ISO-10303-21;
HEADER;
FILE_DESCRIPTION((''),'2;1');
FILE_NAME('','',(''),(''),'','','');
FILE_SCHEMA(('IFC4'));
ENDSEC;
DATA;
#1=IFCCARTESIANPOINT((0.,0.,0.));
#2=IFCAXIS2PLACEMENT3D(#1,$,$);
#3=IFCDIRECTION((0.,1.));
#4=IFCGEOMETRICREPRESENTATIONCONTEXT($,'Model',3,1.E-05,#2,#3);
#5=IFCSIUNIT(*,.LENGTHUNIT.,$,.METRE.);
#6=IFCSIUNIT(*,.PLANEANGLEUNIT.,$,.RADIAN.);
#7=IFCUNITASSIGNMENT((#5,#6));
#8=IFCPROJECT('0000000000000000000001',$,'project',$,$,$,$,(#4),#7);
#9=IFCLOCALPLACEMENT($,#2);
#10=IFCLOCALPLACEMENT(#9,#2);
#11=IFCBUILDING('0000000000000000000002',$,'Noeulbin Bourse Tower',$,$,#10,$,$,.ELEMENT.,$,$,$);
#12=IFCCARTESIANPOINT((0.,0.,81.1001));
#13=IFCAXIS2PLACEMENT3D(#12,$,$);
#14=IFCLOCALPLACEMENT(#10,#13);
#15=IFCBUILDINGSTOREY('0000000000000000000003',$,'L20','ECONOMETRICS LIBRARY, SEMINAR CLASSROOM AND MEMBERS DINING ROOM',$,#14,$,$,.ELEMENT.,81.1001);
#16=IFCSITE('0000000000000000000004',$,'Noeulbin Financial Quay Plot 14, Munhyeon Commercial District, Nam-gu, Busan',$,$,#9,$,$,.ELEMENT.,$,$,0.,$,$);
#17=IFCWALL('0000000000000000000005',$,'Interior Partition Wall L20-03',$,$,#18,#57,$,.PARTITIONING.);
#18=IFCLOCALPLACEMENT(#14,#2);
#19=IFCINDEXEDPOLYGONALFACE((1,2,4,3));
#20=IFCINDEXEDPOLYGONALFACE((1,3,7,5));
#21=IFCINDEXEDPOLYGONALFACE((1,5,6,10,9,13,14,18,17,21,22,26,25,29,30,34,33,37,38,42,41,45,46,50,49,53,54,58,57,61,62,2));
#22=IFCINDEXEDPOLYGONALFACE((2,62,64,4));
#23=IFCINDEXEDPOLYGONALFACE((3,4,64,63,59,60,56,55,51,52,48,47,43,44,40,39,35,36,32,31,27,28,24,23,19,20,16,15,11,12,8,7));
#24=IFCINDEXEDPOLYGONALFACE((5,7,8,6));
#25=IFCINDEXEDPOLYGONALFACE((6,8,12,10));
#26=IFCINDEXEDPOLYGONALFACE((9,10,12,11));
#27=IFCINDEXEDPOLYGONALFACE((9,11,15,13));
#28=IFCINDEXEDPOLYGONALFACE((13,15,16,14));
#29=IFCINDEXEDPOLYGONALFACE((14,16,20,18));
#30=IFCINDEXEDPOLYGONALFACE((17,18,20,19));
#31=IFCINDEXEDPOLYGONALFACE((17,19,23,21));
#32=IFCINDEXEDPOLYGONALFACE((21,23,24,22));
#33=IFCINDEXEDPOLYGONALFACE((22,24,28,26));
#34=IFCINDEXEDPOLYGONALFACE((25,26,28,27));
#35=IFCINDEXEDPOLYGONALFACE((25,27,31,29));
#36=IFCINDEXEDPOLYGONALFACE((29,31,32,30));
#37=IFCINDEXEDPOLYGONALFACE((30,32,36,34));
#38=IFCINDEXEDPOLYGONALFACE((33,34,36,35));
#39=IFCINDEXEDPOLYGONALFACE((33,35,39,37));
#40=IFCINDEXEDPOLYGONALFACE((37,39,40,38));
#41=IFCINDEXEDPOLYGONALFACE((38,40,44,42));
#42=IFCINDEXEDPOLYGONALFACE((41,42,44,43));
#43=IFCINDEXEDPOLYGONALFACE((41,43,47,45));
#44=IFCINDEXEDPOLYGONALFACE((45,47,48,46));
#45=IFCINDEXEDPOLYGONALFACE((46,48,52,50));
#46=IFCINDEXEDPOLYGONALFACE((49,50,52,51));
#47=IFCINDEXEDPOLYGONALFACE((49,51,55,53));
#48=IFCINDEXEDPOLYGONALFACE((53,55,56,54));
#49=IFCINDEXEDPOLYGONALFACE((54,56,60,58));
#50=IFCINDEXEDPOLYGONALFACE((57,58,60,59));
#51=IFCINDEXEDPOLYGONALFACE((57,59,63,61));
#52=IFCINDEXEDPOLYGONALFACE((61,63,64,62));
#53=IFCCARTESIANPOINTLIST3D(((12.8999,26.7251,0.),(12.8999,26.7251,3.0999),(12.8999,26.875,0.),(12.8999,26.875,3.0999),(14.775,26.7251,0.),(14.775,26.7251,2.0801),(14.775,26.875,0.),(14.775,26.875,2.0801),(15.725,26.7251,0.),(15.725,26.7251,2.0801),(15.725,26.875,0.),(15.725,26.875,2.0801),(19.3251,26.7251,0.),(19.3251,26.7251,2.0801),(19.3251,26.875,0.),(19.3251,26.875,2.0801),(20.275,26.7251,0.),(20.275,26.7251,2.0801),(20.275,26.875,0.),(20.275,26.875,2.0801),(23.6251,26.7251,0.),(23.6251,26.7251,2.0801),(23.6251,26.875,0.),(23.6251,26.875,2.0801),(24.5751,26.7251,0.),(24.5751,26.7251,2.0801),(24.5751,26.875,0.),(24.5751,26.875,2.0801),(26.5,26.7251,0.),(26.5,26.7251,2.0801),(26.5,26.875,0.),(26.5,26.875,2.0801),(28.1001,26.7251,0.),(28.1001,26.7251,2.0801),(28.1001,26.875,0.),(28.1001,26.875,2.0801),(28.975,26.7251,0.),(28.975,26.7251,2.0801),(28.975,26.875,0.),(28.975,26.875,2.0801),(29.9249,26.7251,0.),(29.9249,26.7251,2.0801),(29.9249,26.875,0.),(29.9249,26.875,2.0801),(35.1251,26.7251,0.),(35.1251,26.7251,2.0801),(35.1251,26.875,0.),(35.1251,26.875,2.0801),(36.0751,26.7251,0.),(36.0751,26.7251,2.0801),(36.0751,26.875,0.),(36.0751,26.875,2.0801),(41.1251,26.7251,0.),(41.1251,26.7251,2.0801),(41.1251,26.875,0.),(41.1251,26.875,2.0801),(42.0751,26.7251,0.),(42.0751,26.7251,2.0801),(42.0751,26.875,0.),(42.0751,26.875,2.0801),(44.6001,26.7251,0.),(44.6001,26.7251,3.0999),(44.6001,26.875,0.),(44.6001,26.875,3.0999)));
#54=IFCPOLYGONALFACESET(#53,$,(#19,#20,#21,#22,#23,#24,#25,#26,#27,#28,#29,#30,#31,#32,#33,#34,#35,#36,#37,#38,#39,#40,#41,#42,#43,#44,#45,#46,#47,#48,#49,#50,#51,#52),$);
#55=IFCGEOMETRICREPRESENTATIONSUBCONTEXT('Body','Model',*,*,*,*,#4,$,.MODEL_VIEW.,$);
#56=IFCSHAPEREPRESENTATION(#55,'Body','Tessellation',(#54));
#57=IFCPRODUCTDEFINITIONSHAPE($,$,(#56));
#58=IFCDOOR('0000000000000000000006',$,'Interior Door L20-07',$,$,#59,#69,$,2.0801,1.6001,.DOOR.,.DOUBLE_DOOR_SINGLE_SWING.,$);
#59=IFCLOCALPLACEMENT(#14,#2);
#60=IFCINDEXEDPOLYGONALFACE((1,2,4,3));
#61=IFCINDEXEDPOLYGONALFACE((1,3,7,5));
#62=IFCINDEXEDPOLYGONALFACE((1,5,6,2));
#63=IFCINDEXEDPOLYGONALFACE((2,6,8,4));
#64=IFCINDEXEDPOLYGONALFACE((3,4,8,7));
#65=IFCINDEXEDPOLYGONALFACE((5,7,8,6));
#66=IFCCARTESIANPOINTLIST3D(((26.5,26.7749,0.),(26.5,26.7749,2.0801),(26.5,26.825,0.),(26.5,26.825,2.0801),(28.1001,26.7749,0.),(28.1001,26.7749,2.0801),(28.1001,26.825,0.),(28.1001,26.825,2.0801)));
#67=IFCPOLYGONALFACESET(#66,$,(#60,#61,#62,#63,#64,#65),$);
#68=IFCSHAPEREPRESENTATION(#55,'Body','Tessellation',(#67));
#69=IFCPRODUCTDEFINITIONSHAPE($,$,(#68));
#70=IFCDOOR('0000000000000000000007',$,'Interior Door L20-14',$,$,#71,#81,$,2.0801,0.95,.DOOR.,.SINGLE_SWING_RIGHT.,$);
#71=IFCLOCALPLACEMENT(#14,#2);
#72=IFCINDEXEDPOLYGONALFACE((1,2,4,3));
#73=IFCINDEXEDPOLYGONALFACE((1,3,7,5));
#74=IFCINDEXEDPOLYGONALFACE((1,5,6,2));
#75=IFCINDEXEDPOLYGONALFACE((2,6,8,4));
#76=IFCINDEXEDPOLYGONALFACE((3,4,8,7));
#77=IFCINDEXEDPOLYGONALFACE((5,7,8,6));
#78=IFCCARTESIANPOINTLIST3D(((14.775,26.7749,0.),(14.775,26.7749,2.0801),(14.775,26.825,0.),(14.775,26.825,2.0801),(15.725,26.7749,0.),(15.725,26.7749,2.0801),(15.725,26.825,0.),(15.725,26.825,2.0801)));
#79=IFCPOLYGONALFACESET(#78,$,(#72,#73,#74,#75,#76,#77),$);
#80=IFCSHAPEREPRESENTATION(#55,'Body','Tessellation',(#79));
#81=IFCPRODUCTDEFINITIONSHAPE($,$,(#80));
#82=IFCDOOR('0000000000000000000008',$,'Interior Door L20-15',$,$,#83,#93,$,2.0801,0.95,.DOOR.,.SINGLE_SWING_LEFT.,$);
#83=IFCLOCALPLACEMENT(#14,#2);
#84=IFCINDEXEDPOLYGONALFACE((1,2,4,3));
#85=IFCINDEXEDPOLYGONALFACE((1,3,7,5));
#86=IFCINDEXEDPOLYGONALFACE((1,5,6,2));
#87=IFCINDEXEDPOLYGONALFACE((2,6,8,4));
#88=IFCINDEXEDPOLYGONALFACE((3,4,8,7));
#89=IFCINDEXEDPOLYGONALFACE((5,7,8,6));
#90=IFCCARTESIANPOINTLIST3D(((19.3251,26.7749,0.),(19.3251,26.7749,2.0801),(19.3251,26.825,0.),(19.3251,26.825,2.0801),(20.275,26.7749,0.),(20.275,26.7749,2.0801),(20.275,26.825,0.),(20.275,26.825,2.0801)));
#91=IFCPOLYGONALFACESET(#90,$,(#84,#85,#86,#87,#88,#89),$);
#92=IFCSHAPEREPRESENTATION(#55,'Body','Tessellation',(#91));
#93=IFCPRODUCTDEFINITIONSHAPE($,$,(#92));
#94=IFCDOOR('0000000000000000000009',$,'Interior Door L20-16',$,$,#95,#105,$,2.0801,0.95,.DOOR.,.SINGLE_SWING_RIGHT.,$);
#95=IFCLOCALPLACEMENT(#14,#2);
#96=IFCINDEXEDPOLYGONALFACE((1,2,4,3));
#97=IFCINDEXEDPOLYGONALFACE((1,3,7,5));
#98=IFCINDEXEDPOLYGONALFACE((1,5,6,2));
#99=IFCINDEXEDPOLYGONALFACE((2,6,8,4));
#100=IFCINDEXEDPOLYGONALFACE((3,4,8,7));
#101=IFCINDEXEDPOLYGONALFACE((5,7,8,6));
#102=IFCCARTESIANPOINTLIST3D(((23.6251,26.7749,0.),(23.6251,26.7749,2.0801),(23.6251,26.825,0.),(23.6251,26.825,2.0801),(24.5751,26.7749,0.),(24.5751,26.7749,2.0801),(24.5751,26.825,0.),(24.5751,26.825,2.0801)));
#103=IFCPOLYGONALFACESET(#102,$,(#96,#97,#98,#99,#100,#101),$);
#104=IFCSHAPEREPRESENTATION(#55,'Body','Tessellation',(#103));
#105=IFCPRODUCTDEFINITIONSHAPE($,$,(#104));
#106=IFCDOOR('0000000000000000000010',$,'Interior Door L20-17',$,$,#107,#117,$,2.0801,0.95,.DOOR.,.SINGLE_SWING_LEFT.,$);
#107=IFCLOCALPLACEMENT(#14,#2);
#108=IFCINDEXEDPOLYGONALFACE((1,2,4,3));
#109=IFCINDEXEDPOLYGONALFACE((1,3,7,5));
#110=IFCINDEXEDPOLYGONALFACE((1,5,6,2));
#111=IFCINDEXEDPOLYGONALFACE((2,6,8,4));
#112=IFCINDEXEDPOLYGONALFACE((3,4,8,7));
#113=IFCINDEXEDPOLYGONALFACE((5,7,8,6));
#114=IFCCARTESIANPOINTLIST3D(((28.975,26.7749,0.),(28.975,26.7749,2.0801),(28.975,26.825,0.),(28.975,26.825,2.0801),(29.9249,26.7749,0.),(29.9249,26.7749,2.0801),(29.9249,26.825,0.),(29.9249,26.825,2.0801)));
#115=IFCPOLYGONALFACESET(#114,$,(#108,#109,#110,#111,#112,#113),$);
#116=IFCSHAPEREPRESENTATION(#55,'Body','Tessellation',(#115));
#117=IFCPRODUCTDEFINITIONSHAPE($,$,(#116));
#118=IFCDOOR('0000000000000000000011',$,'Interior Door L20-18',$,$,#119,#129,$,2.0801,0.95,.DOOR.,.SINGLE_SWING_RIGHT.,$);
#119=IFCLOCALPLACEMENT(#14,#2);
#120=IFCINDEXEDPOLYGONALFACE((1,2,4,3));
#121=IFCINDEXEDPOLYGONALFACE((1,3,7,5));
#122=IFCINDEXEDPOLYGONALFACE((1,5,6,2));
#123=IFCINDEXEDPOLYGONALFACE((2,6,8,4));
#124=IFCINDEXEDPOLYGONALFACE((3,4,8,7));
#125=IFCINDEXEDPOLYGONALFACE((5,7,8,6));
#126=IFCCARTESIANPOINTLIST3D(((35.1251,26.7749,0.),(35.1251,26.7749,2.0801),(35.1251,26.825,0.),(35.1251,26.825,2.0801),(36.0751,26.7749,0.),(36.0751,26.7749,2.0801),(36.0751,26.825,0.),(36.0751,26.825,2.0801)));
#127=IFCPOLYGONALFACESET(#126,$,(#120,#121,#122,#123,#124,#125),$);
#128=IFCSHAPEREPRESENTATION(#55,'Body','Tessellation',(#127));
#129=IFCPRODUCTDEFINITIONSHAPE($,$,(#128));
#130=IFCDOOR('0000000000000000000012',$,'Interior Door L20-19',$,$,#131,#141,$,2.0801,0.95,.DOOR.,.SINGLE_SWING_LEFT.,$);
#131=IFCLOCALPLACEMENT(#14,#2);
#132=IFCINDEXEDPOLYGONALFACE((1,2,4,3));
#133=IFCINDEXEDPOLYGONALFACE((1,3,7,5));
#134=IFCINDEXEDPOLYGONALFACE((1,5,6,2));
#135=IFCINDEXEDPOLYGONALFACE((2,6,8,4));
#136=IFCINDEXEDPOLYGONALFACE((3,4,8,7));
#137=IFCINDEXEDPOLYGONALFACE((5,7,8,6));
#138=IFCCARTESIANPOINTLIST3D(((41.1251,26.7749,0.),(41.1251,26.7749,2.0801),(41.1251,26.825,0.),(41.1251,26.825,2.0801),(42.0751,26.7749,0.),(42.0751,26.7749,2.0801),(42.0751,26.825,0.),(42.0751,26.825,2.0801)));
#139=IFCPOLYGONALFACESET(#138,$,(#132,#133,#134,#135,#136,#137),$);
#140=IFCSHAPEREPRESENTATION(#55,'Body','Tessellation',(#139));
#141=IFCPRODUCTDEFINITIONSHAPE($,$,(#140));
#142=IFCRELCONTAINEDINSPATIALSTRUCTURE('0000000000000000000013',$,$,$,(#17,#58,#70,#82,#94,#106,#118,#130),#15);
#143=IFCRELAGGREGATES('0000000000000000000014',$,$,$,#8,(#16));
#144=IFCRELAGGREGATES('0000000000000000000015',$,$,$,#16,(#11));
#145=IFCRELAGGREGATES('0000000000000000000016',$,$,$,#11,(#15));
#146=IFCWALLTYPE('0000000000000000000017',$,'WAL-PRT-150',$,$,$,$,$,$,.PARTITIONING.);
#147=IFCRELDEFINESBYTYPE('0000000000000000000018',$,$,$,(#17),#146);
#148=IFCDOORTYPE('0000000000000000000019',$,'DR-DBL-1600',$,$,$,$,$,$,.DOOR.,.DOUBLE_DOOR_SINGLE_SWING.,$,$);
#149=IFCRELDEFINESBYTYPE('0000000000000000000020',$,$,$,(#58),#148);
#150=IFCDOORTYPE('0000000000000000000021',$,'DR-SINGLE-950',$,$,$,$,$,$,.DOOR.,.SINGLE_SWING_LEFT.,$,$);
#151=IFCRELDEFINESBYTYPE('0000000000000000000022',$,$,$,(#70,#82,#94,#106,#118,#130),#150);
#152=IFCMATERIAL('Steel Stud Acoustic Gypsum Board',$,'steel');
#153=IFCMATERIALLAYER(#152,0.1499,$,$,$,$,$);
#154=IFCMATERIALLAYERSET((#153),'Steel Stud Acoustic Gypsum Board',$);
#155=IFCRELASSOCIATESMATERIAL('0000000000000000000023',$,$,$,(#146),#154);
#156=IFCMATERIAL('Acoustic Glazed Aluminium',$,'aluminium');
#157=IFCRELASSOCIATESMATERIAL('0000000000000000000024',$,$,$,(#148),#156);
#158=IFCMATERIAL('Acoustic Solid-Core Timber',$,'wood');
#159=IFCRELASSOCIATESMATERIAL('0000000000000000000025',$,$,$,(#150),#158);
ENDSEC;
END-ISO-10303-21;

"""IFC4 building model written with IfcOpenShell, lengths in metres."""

from ifc_helpers import new_model, si_unit, direction, frame, frame_2d, origin, place, context, subcontext, project, spatial, rectangle, extrude, material, layer, layer_set, type_object, element, fill, save


model = new_model("IFC4")

# Units and contexts
model_context = context("Model", 3, precision=1e-05, world=origin(), true_north=direction((0.0, 1.0)))
body_context = subcontext(model_context, "Body", "Model", "MODEL_VIEW")
ifc_project = project(units=[si_unit("LENGTHUNIT", "METRE"), si_unit("PLANEANGLEUNIT", "RADIAN")], contexts=[model_context])

# Site, building, storey
site_placement = place(None, origin())
site = spatial("IfcSite", under=ifc_project, at=site_placement, Name="Noeulbin Financial Quay Plot 14, Munhyeon Commercial District, Nam-gu, Busan", CompositionType="ELEMENT", RefElevation=0.0)
building_placement = place(site_placement, origin())
building = spatial("IfcBuilding", under=site, at=building_placement, Name="Noeulbin Bourse Tower", CompositionType="ELEMENT")
storey_placement = place(building_placement, frame((0.0, 0.0, 81.1001)))
storey = spatial("IfcBuildingStorey", under=building, at=storey_placement, Name="L20", Description="ECONOMETRICS LIBRARY, SEMINAR CLASSROOM AND MEMBERS DINING ROOM", CompositionType="ELEMENT", Elevation=81.1001)

# Wall, openings, doors
ifc_material_1 = material(Name="Steel Stud Acoustic Gypsum Board", Category="steel")
ifc_layer_1 = layer(ifc_material_1, 0.1499)
ifc_layer_set_1 = layer_set([ifc_layer_1], Name="Steel Stud Acoustic Gypsum Board")
wall_type_1 = type_object("IfcWallType", Name="WAL-PRT-150", PredefinedType="PARTITIONING", material=ifc_layer_set_1)
wall_1_placement = place(storey_placement, frame((12.8999, 26.8, 0.0), z_axis=(0.0, 0.0, 1.0), x_axis=(1.0, 0.0, 0.0)))
wall_1 = element("IfcWall", 1, at=wall_1_placement, inside=storey, type_object=wall_type_1, Name="Interior Partition Wall L20-03", PredefinedType="PARTITIONING", context=body_context, shape_type="SweptSolid", body=[
    extrude(rectangle(XDim=31.7002, YDim=0.1499, at=frame_2d((15.8501, 0.0))), origin(), (0.0, 0.0, 1.0), 3.0999),
])
opening_1_placement = place(wall_1_placement, frame((13.6001, 0.0, 0.0)))
opening_1 = element("IfcOpeningElement", 2, at=opening_1_placement, cuts=wall_1, PredefinedType="OPENING", context=body_context, shape_type="SweptSolid", body=[
    extrude(rectangle(XDim=1.6001, YDim=2.0801, at=frame_2d((0.8, 1.04))), frame((0.0, 0.085, 0.0), z_axis=(0.0, -1.0, 0.0), x_axis=(1.0, 0.0, 0.0)), (0.0, 0.0, 1.0), 0.1699),
])
opening_2_placement = place(wall_1_placement, frame((1.875, 0.0, 0.0)))
opening_2 = element("IfcOpeningElement", 3, at=opening_2_placement, cuts=wall_1, PredefinedType="OPENING", context=body_context, shape_type="SweptSolid", body=[
    extrude(rectangle(XDim=0.95, YDim=2.0801, at=frame_2d((0.4751, 1.04))), frame((0.0, 0.085, 0.0), z_axis=(0.0, -1.0, 0.0), x_axis=(1.0, 0.0, 0.0)), (0.0, 0.0, 1.0), 0.1699),
])
opening_3_placement = place(wall_1_placement, frame((6.425, 0.0, 0.0)))
opening_3 = element("IfcOpeningElement", 4, at=opening_3_placement, cuts=wall_1, PredefinedType="OPENING", context=body_context, shape_type="SweptSolid", body=[
    extrude(rectangle(XDim=0.95, YDim=2.0801, at=frame_2d((0.4751, 1.04))), frame((0.0, 0.085, 0.0), z_axis=(0.0, -1.0, 0.0), x_axis=(1.0, 0.0, 0.0)), (0.0, 0.0, 1.0), 0.1699),
])
opening_4_placement = place(wall_1_placement, frame((10.7251, 0.0, 0.0)))
opening_4 = element("IfcOpeningElement", 5, at=opening_4_placement, cuts=wall_1, PredefinedType="OPENING", context=body_context, shape_type="SweptSolid", body=[
    extrude(rectangle(XDim=0.95, YDim=2.0801, at=frame_2d((0.4751, 1.04))), frame((0.0, 0.085, 0.0), z_axis=(0.0, -1.0, 0.0), x_axis=(1.0, 0.0, 0.0)), (0.0, 0.0, 1.0), 0.1699),
])
opening_5_placement = place(wall_1_placement, frame((16.075, 0.0, 0.0)))
opening_5 = element("IfcOpeningElement", 6, at=opening_5_placement, cuts=wall_1, PredefinedType="OPENING", context=body_context, shape_type="SweptSolid", body=[
    extrude(rectangle(XDim=0.95, YDim=2.0801, at=frame_2d((0.4751, 1.04))), frame((0.0, 0.085, 0.0), z_axis=(0.0, -1.0, 0.0), x_axis=(1.0, 0.0, 0.0)), (0.0, 0.0, 1.0), 0.1699),
])
opening_6_placement = place(wall_1_placement, frame((22.2251, 0.0, 0.0)))
opening_6 = element("IfcOpeningElement", 7, at=opening_6_placement, cuts=wall_1, PredefinedType="OPENING", context=body_context, shape_type="SweptSolid", body=[
    extrude(rectangle(XDim=0.95, YDim=2.0801, at=frame_2d((0.4751, 1.04))), frame((0.0, 0.085, 0.0), z_axis=(0.0, -1.0, 0.0), x_axis=(1.0, 0.0, 0.0)), (0.0, 0.0, 1.0), 0.1699),
])
opening_7_placement = place(wall_1_placement, frame((28.2251, 0.0, 0.0)))
opening_7 = element("IfcOpeningElement", 8, at=opening_7_placement, cuts=wall_1, PredefinedType="OPENING", context=body_context, shape_type="SweptSolid", body=[
    extrude(rectangle(XDim=0.95, YDim=2.0801, at=frame_2d((0.4751, 1.04))), frame((0.0, 0.085, 0.0), z_axis=(0.0, -1.0, 0.0), x_axis=(1.0, 0.0, 0.0)), (0.0, 0.0, 1.0), 0.1699),
])
ifc_material_2 = material(Name="Acoustic Glazed Aluminium", Category="aluminium")
door_type_1 = type_object("IfcDoorType", Name="DR-DBL-1600", OperationType="DOUBLE_DOOR_SINGLE_SWING", PredefinedType="DOOR", material=ifc_material_2)
door_1_placement = place(opening_1_placement, origin())
door_1 = element("IfcDoor", 9, at=door_1_placement, inside=storey, type_object=door_type_1, Name="Interior Door L20-07", OperationType="DOUBLE_DOOR_SINGLE_SWING", OverallHeight=2.0801, OverallWidth=1.6001, PredefinedType="DOOR", context=body_context, shape_type="SweptSolid", body=[
    extrude(rectangle(XDim=1.6001, YDim=2.0801, at=frame_2d((0.8, 1.04))), frame((0.0, 0.0249, 0.0), z_axis=(0.0, -1.0, 0.0), x_axis=(1.0, 0.0, 0.0)), (0.0, 0.0, 1.0), 0.05),
])
fill(opening_1, door_1)
ifc_material_3 = material(Name="Acoustic Solid-Core Timber", Category="wood")
door_type_2 = type_object("IfcDoorType", Name="DR-SINGLE-950", OperationType="SINGLE_SWING_LEFT", PredefinedType="DOOR", material=ifc_material_3)
door_2_placement = place(opening_2_placement, origin())
door_2 = element("IfcDoor", 10, at=door_2_placement, inside=storey, type_object=door_type_2, Name="Interior Door L20-14", OperationType="SINGLE_SWING_RIGHT", OverallHeight=2.0801, OverallWidth=0.95, PredefinedType="DOOR", context=body_context, shape_type="SweptSolid", body=[
    extrude(rectangle(XDim=0.95, YDim=2.0801, at=frame_2d((0.4751, 1.04))), frame((0.0, 0.0249, 0.0), z_axis=(0.0, -1.0, 0.0), x_axis=(1.0, 0.0, 0.0)), (0.0, 0.0, 1.0), 0.05),
])
fill(opening_2, door_2)
door_3_placement = place(opening_3_placement, origin())
door_3 = element("IfcDoor", 11, at=door_3_placement, inside=storey, type_object=door_type_2, Name="Interior Door L20-15", OperationType="SINGLE_SWING_LEFT", OverallHeight=2.0801, OverallWidth=0.95, PredefinedType="DOOR", context=body_context, shape_type="SweptSolid", body=[
    extrude(rectangle(XDim=0.95, YDim=2.0801, at=frame_2d((0.4751, 1.04))), frame((0.0, 0.0249, 0.0), z_axis=(0.0, -1.0, 0.0), x_axis=(1.0, 0.0, 0.0)), (0.0, 0.0, 1.0), 0.05),
])
fill(opening_3, door_3)
door_4_placement = place(opening_4_placement, origin())
door_4 = element("IfcDoor", 12, at=door_4_placement, inside=storey, type_object=door_type_2, Name="Interior Door L20-16", OperationType="SINGLE_SWING_RIGHT", OverallHeight=2.0801, OverallWidth=0.95, PredefinedType="DOOR", context=body_context, shape_type="SweptSolid", body=[
    extrude(rectangle(XDim=0.95, YDim=2.0801, at=frame_2d((0.4751, 1.04))), frame((0.0, 0.0249, 0.0), z_axis=(0.0, -1.0, 0.0), x_axis=(1.0, 0.0, 0.0)), (0.0, 0.0, 1.0), 0.05),
])
fill(opening_4, door_4)
door_5_placement = place(opening_5_placement, origin())
door_5 = element("IfcDoor", 13, at=door_5_placement, inside=storey, type_object=door_type_2, Name="Interior Door L20-17", OperationType="SINGLE_SWING_LEFT", OverallHeight=2.0801, OverallWidth=0.95, PredefinedType="DOOR", context=body_context, shape_type="SweptSolid", body=[
    extrude(rectangle(XDim=0.95, YDim=2.0801, at=frame_2d((0.4751, 1.04))), frame((0.0, 0.0249, 0.0), z_axis=(0.0, -1.0, 0.0), x_axis=(1.0, 0.0, 0.0)), (0.0, 0.0, 1.0), 0.05),
])
fill(opening_5, door_5)
door_6_placement = place(opening_6_placement, origin())
door_6 = element("IfcDoor", 14, at=door_6_placement, inside=storey, type_object=door_type_2, Name="Interior Door L20-18", OperationType="SINGLE_SWING_RIGHT", OverallHeight=2.0801, OverallWidth=0.95, PredefinedType="DOOR", context=body_context, shape_type="SweptSolid", body=[
    extrude(rectangle(XDim=0.95, YDim=2.0801, at=frame_2d((0.4751, 1.04))), frame((0.0, 0.0249, 0.0), z_axis=(0.0, -1.0, 0.0), x_axis=(1.0, 0.0, 0.0)), (0.0, 0.0, 1.0), 0.05),
])
fill(opening_6, door_6)
door_7_placement = place(opening_7_placement, origin())
door_7 = element("IfcDoor", 15, at=door_7_placement, inside=storey, type_object=door_type_2, Name="Interior Door L20-19", OperationType="SINGLE_SWING_LEFT", OverallHeight=2.0801, OverallWidth=0.95, PredefinedType="DOOR", context=body_context, shape_type="SweptSolid", body=[
    extrude(rectangle(XDim=0.95, YDim=2.0801, at=frame_2d((0.4751, 1.04))), frame((0.0, 0.0249, 0.0), z_axis=(0.0, -1.0, 0.0), x_axis=(1.0, 0.0, 0.0)), (0.0, 0.0, 1.0), 0.05),
])
fill(opening_7, door_7)

save(model, "model.ifc")
